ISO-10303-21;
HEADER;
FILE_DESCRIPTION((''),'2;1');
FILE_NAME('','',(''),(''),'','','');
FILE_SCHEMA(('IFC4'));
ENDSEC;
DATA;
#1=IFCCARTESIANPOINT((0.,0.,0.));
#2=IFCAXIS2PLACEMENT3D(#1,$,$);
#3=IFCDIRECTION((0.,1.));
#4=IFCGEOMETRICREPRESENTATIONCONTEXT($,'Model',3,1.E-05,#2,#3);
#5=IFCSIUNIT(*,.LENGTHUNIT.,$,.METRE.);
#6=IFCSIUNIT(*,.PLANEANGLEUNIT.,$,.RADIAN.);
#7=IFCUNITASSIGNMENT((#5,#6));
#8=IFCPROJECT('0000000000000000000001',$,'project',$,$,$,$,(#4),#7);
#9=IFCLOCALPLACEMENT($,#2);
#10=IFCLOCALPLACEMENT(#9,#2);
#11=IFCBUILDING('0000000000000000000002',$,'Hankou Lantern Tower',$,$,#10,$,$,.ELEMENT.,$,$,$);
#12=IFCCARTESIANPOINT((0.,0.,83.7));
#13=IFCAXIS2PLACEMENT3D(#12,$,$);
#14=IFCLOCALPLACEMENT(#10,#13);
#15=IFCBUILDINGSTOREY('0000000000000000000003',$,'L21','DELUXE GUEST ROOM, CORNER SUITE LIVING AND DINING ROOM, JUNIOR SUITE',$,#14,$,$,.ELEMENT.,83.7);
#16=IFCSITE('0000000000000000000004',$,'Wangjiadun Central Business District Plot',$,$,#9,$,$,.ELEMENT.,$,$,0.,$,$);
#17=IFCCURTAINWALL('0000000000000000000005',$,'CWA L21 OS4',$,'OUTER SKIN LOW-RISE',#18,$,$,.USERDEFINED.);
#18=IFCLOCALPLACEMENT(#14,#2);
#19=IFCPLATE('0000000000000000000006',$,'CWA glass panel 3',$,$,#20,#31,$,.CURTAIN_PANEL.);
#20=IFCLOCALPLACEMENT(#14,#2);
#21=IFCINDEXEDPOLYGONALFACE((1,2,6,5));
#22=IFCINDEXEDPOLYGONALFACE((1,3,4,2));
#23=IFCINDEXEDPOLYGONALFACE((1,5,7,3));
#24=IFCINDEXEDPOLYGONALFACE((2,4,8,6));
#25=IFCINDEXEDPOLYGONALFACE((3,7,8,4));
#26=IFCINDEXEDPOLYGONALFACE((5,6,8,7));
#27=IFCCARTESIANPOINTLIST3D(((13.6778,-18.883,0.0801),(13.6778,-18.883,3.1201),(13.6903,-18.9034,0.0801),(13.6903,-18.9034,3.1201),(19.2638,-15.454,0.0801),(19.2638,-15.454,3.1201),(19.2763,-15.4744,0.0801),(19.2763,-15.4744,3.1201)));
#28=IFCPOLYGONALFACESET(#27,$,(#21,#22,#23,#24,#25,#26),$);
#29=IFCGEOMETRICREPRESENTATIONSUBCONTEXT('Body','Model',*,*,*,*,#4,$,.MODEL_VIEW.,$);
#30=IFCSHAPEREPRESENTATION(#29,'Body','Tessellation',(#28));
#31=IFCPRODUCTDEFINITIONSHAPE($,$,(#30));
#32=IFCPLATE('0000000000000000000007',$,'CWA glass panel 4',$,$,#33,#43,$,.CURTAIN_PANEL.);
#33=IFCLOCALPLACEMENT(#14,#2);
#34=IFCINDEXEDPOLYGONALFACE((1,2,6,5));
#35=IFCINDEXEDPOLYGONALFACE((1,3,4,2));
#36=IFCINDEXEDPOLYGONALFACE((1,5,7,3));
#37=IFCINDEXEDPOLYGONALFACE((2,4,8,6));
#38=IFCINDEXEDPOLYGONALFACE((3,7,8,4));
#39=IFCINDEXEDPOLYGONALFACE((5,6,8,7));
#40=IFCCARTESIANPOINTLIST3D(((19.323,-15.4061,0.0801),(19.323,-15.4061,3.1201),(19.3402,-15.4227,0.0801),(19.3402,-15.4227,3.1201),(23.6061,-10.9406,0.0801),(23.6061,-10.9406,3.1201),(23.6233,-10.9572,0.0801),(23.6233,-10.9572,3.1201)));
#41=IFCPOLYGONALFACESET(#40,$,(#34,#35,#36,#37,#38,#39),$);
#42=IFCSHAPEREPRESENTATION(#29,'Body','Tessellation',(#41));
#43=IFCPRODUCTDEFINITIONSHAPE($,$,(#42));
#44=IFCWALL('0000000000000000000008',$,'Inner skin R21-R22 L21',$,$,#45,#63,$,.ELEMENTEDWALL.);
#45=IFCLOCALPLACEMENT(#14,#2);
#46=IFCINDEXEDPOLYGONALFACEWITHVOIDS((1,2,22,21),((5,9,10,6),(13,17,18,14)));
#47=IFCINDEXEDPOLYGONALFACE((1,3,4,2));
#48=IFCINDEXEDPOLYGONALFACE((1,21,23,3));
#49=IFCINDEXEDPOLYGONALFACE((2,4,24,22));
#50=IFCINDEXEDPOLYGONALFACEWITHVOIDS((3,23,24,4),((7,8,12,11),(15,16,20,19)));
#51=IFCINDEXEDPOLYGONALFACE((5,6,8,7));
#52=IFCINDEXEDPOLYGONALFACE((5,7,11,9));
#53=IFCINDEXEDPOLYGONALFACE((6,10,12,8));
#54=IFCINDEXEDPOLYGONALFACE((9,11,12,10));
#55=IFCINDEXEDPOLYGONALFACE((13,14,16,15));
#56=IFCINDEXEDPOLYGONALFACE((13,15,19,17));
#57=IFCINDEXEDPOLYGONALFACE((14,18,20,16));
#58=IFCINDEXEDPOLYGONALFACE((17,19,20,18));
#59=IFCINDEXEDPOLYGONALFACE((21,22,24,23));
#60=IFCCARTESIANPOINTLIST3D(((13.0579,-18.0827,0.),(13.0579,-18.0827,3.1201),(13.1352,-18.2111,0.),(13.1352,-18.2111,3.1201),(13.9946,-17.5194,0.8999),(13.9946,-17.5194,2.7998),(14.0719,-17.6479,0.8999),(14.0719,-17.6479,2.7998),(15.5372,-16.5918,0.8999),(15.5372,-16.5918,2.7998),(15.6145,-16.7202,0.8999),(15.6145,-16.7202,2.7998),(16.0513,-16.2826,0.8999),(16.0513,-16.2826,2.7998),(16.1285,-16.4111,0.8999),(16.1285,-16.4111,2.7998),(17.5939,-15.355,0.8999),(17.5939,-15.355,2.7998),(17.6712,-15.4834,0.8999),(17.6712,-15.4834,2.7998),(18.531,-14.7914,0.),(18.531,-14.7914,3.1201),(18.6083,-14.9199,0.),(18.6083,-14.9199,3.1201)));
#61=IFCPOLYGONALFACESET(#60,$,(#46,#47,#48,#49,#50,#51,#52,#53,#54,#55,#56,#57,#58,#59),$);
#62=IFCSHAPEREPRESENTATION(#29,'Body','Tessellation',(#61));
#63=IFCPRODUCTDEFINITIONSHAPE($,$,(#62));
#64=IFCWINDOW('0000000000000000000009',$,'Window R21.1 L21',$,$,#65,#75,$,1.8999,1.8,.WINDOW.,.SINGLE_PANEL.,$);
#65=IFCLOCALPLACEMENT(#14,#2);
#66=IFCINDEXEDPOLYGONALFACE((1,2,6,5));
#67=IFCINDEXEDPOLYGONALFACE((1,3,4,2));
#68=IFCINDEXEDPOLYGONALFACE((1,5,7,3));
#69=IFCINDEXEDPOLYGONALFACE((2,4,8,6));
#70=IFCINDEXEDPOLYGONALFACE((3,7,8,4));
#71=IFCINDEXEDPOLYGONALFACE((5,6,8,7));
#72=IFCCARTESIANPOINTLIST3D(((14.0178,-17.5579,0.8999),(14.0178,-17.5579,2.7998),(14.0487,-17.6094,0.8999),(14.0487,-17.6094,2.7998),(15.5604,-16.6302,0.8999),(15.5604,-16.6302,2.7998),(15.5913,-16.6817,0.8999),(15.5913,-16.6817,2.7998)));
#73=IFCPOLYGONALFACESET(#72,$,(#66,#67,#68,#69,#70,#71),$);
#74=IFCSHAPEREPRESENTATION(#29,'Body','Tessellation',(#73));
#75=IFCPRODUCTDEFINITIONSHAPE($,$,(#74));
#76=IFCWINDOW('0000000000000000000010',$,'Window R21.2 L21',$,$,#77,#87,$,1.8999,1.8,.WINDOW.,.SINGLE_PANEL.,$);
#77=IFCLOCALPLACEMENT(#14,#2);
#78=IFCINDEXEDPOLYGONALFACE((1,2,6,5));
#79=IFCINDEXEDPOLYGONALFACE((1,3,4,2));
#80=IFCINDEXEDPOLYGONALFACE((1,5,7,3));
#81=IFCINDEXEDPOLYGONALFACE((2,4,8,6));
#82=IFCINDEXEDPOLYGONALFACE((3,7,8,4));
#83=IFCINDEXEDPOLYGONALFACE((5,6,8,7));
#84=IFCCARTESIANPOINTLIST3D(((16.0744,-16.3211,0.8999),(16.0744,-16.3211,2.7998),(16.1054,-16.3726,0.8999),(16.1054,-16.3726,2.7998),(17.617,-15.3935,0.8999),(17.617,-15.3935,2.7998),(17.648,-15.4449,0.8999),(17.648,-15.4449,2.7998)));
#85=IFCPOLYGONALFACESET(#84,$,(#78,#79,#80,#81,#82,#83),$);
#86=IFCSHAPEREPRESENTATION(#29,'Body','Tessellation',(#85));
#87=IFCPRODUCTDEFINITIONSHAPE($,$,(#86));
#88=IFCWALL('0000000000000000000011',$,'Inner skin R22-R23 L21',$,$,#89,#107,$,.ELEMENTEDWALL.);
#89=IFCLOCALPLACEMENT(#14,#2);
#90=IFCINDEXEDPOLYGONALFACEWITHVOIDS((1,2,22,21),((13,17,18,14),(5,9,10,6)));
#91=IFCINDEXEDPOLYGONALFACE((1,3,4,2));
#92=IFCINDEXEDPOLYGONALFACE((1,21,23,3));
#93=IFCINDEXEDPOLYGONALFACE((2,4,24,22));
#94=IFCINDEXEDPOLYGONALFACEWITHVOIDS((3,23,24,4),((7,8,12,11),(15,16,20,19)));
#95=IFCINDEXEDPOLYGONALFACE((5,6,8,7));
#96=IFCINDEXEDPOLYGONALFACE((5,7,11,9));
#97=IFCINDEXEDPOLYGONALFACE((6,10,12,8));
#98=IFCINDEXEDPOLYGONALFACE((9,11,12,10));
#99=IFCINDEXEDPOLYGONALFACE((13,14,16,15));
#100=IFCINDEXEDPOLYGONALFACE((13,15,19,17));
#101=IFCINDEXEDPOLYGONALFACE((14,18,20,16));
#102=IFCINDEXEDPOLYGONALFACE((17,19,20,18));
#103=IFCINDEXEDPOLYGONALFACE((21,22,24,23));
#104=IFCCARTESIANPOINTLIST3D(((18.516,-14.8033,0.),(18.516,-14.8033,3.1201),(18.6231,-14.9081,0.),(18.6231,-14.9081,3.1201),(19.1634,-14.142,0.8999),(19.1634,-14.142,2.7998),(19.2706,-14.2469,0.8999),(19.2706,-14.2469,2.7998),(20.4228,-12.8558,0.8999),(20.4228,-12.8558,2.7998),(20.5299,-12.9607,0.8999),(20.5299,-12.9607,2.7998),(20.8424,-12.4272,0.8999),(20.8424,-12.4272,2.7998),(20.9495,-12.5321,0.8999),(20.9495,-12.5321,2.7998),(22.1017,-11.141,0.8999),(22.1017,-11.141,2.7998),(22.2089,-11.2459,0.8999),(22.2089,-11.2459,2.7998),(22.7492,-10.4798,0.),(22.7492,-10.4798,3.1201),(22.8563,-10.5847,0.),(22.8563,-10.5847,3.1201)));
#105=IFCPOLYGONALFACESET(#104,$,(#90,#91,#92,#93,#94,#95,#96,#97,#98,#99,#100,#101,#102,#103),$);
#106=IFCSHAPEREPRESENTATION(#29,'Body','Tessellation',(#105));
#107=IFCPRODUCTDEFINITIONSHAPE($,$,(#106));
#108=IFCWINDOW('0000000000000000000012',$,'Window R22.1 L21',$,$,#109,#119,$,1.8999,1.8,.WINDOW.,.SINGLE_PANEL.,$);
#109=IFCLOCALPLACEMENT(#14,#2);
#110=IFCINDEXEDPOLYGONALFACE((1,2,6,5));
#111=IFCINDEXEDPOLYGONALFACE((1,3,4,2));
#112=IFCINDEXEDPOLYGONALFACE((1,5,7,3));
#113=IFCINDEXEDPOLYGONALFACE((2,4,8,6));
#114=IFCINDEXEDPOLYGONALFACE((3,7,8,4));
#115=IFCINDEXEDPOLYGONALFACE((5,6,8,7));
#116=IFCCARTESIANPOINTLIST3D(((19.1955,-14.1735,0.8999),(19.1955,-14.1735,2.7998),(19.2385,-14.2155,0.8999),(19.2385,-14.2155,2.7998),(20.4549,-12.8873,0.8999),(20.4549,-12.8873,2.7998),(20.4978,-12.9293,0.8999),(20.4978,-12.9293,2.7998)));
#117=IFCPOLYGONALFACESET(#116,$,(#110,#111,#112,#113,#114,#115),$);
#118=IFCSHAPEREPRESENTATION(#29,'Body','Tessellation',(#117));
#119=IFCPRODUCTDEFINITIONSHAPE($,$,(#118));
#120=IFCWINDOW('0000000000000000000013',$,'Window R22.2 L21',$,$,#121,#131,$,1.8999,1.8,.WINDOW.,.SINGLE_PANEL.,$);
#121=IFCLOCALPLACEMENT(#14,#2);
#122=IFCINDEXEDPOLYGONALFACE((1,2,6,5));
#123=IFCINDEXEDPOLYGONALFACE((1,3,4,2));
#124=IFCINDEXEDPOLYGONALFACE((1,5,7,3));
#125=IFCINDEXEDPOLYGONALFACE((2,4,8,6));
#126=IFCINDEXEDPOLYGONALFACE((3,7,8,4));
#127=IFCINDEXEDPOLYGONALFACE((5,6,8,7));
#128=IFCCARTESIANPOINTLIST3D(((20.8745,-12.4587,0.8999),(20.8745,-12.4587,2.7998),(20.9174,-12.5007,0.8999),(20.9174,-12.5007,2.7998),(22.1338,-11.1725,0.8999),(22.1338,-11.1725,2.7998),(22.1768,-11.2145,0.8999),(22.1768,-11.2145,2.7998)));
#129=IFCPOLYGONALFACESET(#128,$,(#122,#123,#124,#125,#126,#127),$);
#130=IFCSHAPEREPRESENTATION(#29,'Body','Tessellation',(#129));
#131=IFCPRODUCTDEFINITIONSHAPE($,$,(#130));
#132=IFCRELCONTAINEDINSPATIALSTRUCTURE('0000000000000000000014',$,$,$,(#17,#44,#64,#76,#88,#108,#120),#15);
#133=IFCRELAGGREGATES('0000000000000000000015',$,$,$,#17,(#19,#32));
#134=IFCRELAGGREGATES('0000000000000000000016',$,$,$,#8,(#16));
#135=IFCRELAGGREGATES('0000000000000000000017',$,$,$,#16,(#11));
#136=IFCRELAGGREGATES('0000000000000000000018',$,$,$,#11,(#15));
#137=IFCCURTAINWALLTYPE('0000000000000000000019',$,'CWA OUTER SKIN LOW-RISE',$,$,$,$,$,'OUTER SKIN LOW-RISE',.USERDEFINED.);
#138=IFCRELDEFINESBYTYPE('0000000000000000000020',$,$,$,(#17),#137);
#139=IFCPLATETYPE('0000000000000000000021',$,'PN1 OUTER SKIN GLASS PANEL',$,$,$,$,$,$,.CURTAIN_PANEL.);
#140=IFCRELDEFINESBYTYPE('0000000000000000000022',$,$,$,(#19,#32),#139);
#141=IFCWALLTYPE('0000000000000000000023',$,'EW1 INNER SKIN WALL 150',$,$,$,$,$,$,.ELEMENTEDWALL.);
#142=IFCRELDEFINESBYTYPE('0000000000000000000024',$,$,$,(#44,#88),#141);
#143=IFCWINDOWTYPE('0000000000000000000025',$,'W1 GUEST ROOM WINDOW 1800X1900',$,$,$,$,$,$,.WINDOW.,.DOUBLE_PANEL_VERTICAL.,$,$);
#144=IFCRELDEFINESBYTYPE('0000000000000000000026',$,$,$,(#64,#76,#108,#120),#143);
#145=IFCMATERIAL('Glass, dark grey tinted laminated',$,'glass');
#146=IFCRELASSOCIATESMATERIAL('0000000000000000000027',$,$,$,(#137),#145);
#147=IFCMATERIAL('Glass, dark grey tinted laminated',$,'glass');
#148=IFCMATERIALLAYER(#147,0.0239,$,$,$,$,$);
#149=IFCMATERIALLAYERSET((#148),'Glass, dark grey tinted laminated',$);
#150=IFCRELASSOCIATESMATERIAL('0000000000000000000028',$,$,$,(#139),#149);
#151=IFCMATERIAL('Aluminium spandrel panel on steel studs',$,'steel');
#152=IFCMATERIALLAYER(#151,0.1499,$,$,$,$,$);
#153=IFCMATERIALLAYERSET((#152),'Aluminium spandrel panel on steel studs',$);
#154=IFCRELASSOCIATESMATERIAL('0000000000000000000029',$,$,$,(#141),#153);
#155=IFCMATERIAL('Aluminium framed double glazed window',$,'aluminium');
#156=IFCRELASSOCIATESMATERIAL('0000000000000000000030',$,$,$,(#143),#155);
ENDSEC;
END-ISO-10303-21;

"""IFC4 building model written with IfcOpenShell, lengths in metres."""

from ifc_helpers import new_model, si_unit, direction, frame, frame_2d, origin, origin_2d, place, context, subcontext, project, spatial, rectangle, extrude, material, layer, layer_set, type_object, element, fill, aggregate, save


model = new_model("IFC4")

# Units and contexts
model_context = context("Model", 3, precision=1e-05, world=origin(), true_north=direction((0.0, 1.0)))
body_context = subcontext(model_context, "Body", "Model", "MODEL_VIEW")
ifc_project = project(units=[si_unit("LENGTHUNIT", "METRE"), si_unit("PLANEANGLEUNIT", "RADIAN")], contexts=[model_context])

# Site, building, storey
site_placement = place(None, origin())
site = spatial("IfcSite", under=ifc_project, at=site_placement, Name="Wangjiadun Central Business District Plot", CompositionType="ELEMENT", RefElevation=0.0)
building_placement = place(site_placement, origin())
building = spatial("IfcBuilding", under=site, at=building_placement, Name="Hankou Lantern Tower", CompositionType="ELEMENT")
storey_placement = place(building_placement, frame((0.0, 0.0, 83.7)))
storey = spatial("IfcBuildingStorey", under=building, at=storey_placement, Name="L21", Description="DELUXE GUEST ROOM, CORNER SUITE LIVING AND DINING ROOM, JUNIOR SUITE", CompositionType="ELEMENT", Elevation=83.7)

# Curtain wall
ifc_material_1 = material(Name="Glass, dark grey tinted laminated", Category="glass")
curtain_wall_type = type_object("IfcCurtainWallType", Name="CWA OUTER SKIN LOW-RISE", ElementType="OUTER SKIN LOW-RISE", PredefinedType="USERDEFINED", material=ifc_material_1)
curtain_wall_placement = place(storey_placement, origin())
curtain_wall = element("IfcCurtainWall", 1, at=curtain_wall_placement, inside=storey, type_object=curtain_wall_type, Name="CWA L21 OS4", ObjectType="OUTER SKIN LOW-RISE", PredefinedType="USERDEFINED")

# Plates
ifc_material_2 = material(Name="Glass, dark grey tinted laminated", Category="glass")
ifc_layer_1 = layer(ifc_material_2, 0.0239)
ifc_layer_set_1 = layer_set([ifc_layer_1], Name="Glass, dark grey tinted laminated")
plate_type = type_object("IfcPlateType", Name="PN1 OUTER SKIN GLASS PANEL", PredefinedType="CURTAIN_PANEL", material=ifc_layer_set_1)
plate_1_placement = place(storey_placement, frame((16.4771, -17.1787, 0.0801), z_axis=(0.0, 0.0, 1.0), x_axis=(0.852237, 0.523156, 0.0)))
plate_1 = element("IfcPlate", 2, at=plate_1_placement, type_object=plate_type, Name="CWA glass panel 3", PredefinedType="CURTAIN_PANEL", context=body_context, shape_type="SweptSolid", body=[
    extrude(rectangle(XDim=6.5544, YDim=0.0239, at=origin_2d()), origin(), (0.0, 0.0, 1.0), 3.04),
])
plate_2_placement = place(storey_placement, frame((21.4731, -13.1816, 0.0801), z_axis=(0.0, 0.0, 1.0), x_axis=(0.692216, 0.721691, 0.0)))
plate_2 = element("IfcPlate", 3, at=plate_2_placement, type_object=plate_type, Name="CWA glass panel 4", PredefinedType="CURTAIN_PANEL", context=body_context, shape_type="SweptSolid", body=[
    extrude(rectangle(XDim=6.1875, YDim=0.0239, at=origin_2d()), origin(), (0.0, 0.0, 1.0), 3.04),
])
aggregate(curtain_wall, [plate_1, plate_2])

# Walls, openings, windows
ifc_material_3 = material(Name="Aluminium spandrel panel on steel studs", Category="steel")
ifc_layer_2 = layer(ifc_material_3, 0.1499)
ifc_layer_set_2 = layer_set([ifc_layer_2], Name="Aluminium spandrel panel on steel studs")
wall_type_1 = type_object("IfcWallType", Name="EW1 INNER SKIN WALL 150", PredefinedType="ELEMENTEDWALL", material=ifc_layer_set_2)
wall_1_placement = place(storey_placement, frame((13.0964, -18.147, 0.0), z_axis=(0.0, 0.0, 1.0), x_axis=(0.856983, 0.515344, 0.0)))
wall_1 = element("IfcWall", 4, at=wall_1_placement, inside=storey, type_object=wall_type_1, Name="Inner skin R21-R22 L21", PredefinedType="ELEMENTEDWALL", context=body_context, shape_type="SweptSolid", body=[
    extrude(rectangle(XDim=6.3865, YDim=0.1499, at=frame_2d((3.1934, 0.0))), origin(), (0.0, 0.0, 1.0), 3.1201),
])
opening_1_placement = place(wall_1_placement, frame((1.0933, 0.0, 0.8999)))
opening_1 = element("IfcOpeningElement", 5, at=opening_1_placement, cuts=wall_1, PredefinedType="OPENING", context=body_context, shape_type="SweptSolid", body=[
    extrude(rectangle(XDim=1.8, YDim=1.8999, at=frame_2d((0.8999, 0.95))), frame((0.0, 0.085, 0.0), z_axis=(0.0, -1.0, 0.0), x_axis=(1.0, 0.0, 0.0)), (0.0, 0.0, 1.0), 0.1699),
])
opening_2_placement = place(wall_1_placement, frame((3.4932, 0.0, 0.8999)))
opening_2 = element("IfcOpeningElement", 6, at=opening_2_placement, cuts=wall_1, PredefinedType="OPENING", context=body_context, shape_type="SweptSolid", body=[
    extrude(rectangle(XDim=1.8, YDim=1.8999, at=frame_2d((0.8999, 0.95))), frame((0.0, 0.085, 0.0), z_axis=(0.0, -1.0, 0.0), x_axis=(1.0, 0.0, 0.0)), (0.0, 0.0, 1.0), 0.1699),
])
ifc_material_4 = material(Name="Aluminium framed double glazed window", Category="aluminium")
window_type = type_object("IfcWindowType", Name="W1 GUEST ROOM WINDOW 1800X1900", PartitioningType="DOUBLE_PANEL_VERTICAL", PredefinedType="WINDOW", material=ifc_material_4)
window_1_placement = place(opening_1_placement, origin())
window_1 = element("IfcWindow", 7, at=window_1_placement, inside=storey, type_object=window_type, Name="Window R21.1 L21", OverallHeight=1.8999, OverallWidth=1.8, PartitioningType="SINGLE_PANEL", PredefinedType="WINDOW", context=body_context, shape_type="SweptSolid", body=[
    extrude(rectangle(XDim=1.8, YDim=1.8999, at=frame_2d((0.8999, 0.95))), frame((0.0, 0.03, 0.0), z_axis=(0.0, -1.0, 0.0), x_axis=(1.0, 0.0, 0.0)), (0.0, 0.0, 1.0), 0.0601),
])
fill(opening_1, window_1)
window_2_placement = place(opening_2_placement, origin())
window_2 = element("IfcWindow", 8, at=window_2_placement, inside=storey, type_object=window_type, Name="Window R21.2 L21", OverallHeight=1.8999, OverallWidth=1.8, PartitioningType="SINGLE_PANEL", PredefinedType="WINDOW", context=body_context, shape_type="SweptSolid", body=[
    extrude(rectangle(XDim=1.8, YDim=1.8999, at=frame_2d((0.8999, 0.95))), frame((0.0, 0.03, 0.0), z_axis=(0.0, -1.0, 0.0), x_axis=(1.0, 0.0, 0.0)), (0.0, 0.0, 1.0), 0.0601),
])
fill(opening_2, window_2)
wall_2_placement = place(storey_placement, frame((18.5696, -14.8557, 0.0), z_axis=(0.0, 0.0, 1.0), x_axis=(0.699603, 0.714532, 0.0)))
wall_2 = element("IfcWall", 9, at=wall_2_placement, inside=storey, type_object=wall_type_1, Name="Inner skin R22-R23 L21", PredefinedType="ELEMENTEDWALL", context=body_context, shape_type="SweptSolid", body=[
    extrude(rectangle(XDim=6.0508, YDim=0.1499, at=frame_2d((3.0254, 0.0))), origin(), (0.0, 0.0, 1.0), 3.1201),
])
opening_3_placement = place(wall_2_placement, frame((0.9255, 0.0, 0.8999)))
opening_3 = element("IfcOpeningElement", 10, at=opening_3_placement, cuts=wall_2, PredefinedType="OPENING", context=body_context, shape_type="SweptSolid", body=[
    extrude(rectangle(XDim=1.8, YDim=1.8999, at=frame_2d((0.8999, 0.95))), frame((0.0, 0.085, 0.0), z_axis=(0.0, -1.0, 0.0), x_axis=(1.0, 0.0, 0.0)), (0.0, 0.0, 1.0), 0.1699),
])
opening_4_placement = place(wall_2_placement, frame((3.3254, 0.0, 0.8999)))
opening_4 = element("IfcOpeningElement", 11, at=opening_4_placement, cuts=wall_2, PredefinedType="OPENING", context=body_context, shape_type="SweptSolid", body=[
    extrude(rectangle(XDim=1.8, YDim=1.8999, at=frame_2d((0.8999, 0.95))), frame((0.0, 0.085, 0.0), z_axis=(0.0, -1.0, 0.0), x_axis=(1.0, 0.0, 0.0)), (0.0, 0.0, 1.0), 0.1699),
])
window_3_placement = place(opening_3_placement, origin())
window_3 = element("IfcWindow", 12, at=window_3_placement, inside=storey, type_object=window_type, Name="Window R22.1 L21", OverallHeight=1.8999, OverallWidth=1.8, PartitioningType="SINGLE_PANEL", PredefinedType="WINDOW", context=body_context, shape_type="SweptSolid", body=[
    extrude(rectangle(XDim=1.8, YDim=1.8999, at=frame_2d((0.8999, 0.95))), frame((0.0, 0.03, 0.0), z_axis=(0.0, -1.0, 0.0), x_axis=(1.0, 0.0, 0.0)), (0.0, 0.0, 1.0), 0.0601),
])
fill(opening_3, window_3)
window_4_placement = place(opening_4_placement, origin())
window_4 = element("IfcWindow", 13, at=window_4_placement, inside=storey, type_object=window_type, Name="Window R22.2 L21", OverallHeight=1.8999, OverallWidth=1.8, PartitioningType="SINGLE_PANEL", PredefinedType="WINDOW", context=body_context, shape_type="SweptSolid", body=[
    extrude(rectangle(XDim=1.8, YDim=1.8999, at=frame_2d((0.8999, 0.95))), frame((0.0, 0.03, 0.0), z_axis=(0.0, -1.0, 0.0), x_axis=(1.0, 0.0, 0.0)), (0.0, 0.0, 1.0), 0.0601),
])
fill(opening_4, window_4)

save(model, "model.ifc")
